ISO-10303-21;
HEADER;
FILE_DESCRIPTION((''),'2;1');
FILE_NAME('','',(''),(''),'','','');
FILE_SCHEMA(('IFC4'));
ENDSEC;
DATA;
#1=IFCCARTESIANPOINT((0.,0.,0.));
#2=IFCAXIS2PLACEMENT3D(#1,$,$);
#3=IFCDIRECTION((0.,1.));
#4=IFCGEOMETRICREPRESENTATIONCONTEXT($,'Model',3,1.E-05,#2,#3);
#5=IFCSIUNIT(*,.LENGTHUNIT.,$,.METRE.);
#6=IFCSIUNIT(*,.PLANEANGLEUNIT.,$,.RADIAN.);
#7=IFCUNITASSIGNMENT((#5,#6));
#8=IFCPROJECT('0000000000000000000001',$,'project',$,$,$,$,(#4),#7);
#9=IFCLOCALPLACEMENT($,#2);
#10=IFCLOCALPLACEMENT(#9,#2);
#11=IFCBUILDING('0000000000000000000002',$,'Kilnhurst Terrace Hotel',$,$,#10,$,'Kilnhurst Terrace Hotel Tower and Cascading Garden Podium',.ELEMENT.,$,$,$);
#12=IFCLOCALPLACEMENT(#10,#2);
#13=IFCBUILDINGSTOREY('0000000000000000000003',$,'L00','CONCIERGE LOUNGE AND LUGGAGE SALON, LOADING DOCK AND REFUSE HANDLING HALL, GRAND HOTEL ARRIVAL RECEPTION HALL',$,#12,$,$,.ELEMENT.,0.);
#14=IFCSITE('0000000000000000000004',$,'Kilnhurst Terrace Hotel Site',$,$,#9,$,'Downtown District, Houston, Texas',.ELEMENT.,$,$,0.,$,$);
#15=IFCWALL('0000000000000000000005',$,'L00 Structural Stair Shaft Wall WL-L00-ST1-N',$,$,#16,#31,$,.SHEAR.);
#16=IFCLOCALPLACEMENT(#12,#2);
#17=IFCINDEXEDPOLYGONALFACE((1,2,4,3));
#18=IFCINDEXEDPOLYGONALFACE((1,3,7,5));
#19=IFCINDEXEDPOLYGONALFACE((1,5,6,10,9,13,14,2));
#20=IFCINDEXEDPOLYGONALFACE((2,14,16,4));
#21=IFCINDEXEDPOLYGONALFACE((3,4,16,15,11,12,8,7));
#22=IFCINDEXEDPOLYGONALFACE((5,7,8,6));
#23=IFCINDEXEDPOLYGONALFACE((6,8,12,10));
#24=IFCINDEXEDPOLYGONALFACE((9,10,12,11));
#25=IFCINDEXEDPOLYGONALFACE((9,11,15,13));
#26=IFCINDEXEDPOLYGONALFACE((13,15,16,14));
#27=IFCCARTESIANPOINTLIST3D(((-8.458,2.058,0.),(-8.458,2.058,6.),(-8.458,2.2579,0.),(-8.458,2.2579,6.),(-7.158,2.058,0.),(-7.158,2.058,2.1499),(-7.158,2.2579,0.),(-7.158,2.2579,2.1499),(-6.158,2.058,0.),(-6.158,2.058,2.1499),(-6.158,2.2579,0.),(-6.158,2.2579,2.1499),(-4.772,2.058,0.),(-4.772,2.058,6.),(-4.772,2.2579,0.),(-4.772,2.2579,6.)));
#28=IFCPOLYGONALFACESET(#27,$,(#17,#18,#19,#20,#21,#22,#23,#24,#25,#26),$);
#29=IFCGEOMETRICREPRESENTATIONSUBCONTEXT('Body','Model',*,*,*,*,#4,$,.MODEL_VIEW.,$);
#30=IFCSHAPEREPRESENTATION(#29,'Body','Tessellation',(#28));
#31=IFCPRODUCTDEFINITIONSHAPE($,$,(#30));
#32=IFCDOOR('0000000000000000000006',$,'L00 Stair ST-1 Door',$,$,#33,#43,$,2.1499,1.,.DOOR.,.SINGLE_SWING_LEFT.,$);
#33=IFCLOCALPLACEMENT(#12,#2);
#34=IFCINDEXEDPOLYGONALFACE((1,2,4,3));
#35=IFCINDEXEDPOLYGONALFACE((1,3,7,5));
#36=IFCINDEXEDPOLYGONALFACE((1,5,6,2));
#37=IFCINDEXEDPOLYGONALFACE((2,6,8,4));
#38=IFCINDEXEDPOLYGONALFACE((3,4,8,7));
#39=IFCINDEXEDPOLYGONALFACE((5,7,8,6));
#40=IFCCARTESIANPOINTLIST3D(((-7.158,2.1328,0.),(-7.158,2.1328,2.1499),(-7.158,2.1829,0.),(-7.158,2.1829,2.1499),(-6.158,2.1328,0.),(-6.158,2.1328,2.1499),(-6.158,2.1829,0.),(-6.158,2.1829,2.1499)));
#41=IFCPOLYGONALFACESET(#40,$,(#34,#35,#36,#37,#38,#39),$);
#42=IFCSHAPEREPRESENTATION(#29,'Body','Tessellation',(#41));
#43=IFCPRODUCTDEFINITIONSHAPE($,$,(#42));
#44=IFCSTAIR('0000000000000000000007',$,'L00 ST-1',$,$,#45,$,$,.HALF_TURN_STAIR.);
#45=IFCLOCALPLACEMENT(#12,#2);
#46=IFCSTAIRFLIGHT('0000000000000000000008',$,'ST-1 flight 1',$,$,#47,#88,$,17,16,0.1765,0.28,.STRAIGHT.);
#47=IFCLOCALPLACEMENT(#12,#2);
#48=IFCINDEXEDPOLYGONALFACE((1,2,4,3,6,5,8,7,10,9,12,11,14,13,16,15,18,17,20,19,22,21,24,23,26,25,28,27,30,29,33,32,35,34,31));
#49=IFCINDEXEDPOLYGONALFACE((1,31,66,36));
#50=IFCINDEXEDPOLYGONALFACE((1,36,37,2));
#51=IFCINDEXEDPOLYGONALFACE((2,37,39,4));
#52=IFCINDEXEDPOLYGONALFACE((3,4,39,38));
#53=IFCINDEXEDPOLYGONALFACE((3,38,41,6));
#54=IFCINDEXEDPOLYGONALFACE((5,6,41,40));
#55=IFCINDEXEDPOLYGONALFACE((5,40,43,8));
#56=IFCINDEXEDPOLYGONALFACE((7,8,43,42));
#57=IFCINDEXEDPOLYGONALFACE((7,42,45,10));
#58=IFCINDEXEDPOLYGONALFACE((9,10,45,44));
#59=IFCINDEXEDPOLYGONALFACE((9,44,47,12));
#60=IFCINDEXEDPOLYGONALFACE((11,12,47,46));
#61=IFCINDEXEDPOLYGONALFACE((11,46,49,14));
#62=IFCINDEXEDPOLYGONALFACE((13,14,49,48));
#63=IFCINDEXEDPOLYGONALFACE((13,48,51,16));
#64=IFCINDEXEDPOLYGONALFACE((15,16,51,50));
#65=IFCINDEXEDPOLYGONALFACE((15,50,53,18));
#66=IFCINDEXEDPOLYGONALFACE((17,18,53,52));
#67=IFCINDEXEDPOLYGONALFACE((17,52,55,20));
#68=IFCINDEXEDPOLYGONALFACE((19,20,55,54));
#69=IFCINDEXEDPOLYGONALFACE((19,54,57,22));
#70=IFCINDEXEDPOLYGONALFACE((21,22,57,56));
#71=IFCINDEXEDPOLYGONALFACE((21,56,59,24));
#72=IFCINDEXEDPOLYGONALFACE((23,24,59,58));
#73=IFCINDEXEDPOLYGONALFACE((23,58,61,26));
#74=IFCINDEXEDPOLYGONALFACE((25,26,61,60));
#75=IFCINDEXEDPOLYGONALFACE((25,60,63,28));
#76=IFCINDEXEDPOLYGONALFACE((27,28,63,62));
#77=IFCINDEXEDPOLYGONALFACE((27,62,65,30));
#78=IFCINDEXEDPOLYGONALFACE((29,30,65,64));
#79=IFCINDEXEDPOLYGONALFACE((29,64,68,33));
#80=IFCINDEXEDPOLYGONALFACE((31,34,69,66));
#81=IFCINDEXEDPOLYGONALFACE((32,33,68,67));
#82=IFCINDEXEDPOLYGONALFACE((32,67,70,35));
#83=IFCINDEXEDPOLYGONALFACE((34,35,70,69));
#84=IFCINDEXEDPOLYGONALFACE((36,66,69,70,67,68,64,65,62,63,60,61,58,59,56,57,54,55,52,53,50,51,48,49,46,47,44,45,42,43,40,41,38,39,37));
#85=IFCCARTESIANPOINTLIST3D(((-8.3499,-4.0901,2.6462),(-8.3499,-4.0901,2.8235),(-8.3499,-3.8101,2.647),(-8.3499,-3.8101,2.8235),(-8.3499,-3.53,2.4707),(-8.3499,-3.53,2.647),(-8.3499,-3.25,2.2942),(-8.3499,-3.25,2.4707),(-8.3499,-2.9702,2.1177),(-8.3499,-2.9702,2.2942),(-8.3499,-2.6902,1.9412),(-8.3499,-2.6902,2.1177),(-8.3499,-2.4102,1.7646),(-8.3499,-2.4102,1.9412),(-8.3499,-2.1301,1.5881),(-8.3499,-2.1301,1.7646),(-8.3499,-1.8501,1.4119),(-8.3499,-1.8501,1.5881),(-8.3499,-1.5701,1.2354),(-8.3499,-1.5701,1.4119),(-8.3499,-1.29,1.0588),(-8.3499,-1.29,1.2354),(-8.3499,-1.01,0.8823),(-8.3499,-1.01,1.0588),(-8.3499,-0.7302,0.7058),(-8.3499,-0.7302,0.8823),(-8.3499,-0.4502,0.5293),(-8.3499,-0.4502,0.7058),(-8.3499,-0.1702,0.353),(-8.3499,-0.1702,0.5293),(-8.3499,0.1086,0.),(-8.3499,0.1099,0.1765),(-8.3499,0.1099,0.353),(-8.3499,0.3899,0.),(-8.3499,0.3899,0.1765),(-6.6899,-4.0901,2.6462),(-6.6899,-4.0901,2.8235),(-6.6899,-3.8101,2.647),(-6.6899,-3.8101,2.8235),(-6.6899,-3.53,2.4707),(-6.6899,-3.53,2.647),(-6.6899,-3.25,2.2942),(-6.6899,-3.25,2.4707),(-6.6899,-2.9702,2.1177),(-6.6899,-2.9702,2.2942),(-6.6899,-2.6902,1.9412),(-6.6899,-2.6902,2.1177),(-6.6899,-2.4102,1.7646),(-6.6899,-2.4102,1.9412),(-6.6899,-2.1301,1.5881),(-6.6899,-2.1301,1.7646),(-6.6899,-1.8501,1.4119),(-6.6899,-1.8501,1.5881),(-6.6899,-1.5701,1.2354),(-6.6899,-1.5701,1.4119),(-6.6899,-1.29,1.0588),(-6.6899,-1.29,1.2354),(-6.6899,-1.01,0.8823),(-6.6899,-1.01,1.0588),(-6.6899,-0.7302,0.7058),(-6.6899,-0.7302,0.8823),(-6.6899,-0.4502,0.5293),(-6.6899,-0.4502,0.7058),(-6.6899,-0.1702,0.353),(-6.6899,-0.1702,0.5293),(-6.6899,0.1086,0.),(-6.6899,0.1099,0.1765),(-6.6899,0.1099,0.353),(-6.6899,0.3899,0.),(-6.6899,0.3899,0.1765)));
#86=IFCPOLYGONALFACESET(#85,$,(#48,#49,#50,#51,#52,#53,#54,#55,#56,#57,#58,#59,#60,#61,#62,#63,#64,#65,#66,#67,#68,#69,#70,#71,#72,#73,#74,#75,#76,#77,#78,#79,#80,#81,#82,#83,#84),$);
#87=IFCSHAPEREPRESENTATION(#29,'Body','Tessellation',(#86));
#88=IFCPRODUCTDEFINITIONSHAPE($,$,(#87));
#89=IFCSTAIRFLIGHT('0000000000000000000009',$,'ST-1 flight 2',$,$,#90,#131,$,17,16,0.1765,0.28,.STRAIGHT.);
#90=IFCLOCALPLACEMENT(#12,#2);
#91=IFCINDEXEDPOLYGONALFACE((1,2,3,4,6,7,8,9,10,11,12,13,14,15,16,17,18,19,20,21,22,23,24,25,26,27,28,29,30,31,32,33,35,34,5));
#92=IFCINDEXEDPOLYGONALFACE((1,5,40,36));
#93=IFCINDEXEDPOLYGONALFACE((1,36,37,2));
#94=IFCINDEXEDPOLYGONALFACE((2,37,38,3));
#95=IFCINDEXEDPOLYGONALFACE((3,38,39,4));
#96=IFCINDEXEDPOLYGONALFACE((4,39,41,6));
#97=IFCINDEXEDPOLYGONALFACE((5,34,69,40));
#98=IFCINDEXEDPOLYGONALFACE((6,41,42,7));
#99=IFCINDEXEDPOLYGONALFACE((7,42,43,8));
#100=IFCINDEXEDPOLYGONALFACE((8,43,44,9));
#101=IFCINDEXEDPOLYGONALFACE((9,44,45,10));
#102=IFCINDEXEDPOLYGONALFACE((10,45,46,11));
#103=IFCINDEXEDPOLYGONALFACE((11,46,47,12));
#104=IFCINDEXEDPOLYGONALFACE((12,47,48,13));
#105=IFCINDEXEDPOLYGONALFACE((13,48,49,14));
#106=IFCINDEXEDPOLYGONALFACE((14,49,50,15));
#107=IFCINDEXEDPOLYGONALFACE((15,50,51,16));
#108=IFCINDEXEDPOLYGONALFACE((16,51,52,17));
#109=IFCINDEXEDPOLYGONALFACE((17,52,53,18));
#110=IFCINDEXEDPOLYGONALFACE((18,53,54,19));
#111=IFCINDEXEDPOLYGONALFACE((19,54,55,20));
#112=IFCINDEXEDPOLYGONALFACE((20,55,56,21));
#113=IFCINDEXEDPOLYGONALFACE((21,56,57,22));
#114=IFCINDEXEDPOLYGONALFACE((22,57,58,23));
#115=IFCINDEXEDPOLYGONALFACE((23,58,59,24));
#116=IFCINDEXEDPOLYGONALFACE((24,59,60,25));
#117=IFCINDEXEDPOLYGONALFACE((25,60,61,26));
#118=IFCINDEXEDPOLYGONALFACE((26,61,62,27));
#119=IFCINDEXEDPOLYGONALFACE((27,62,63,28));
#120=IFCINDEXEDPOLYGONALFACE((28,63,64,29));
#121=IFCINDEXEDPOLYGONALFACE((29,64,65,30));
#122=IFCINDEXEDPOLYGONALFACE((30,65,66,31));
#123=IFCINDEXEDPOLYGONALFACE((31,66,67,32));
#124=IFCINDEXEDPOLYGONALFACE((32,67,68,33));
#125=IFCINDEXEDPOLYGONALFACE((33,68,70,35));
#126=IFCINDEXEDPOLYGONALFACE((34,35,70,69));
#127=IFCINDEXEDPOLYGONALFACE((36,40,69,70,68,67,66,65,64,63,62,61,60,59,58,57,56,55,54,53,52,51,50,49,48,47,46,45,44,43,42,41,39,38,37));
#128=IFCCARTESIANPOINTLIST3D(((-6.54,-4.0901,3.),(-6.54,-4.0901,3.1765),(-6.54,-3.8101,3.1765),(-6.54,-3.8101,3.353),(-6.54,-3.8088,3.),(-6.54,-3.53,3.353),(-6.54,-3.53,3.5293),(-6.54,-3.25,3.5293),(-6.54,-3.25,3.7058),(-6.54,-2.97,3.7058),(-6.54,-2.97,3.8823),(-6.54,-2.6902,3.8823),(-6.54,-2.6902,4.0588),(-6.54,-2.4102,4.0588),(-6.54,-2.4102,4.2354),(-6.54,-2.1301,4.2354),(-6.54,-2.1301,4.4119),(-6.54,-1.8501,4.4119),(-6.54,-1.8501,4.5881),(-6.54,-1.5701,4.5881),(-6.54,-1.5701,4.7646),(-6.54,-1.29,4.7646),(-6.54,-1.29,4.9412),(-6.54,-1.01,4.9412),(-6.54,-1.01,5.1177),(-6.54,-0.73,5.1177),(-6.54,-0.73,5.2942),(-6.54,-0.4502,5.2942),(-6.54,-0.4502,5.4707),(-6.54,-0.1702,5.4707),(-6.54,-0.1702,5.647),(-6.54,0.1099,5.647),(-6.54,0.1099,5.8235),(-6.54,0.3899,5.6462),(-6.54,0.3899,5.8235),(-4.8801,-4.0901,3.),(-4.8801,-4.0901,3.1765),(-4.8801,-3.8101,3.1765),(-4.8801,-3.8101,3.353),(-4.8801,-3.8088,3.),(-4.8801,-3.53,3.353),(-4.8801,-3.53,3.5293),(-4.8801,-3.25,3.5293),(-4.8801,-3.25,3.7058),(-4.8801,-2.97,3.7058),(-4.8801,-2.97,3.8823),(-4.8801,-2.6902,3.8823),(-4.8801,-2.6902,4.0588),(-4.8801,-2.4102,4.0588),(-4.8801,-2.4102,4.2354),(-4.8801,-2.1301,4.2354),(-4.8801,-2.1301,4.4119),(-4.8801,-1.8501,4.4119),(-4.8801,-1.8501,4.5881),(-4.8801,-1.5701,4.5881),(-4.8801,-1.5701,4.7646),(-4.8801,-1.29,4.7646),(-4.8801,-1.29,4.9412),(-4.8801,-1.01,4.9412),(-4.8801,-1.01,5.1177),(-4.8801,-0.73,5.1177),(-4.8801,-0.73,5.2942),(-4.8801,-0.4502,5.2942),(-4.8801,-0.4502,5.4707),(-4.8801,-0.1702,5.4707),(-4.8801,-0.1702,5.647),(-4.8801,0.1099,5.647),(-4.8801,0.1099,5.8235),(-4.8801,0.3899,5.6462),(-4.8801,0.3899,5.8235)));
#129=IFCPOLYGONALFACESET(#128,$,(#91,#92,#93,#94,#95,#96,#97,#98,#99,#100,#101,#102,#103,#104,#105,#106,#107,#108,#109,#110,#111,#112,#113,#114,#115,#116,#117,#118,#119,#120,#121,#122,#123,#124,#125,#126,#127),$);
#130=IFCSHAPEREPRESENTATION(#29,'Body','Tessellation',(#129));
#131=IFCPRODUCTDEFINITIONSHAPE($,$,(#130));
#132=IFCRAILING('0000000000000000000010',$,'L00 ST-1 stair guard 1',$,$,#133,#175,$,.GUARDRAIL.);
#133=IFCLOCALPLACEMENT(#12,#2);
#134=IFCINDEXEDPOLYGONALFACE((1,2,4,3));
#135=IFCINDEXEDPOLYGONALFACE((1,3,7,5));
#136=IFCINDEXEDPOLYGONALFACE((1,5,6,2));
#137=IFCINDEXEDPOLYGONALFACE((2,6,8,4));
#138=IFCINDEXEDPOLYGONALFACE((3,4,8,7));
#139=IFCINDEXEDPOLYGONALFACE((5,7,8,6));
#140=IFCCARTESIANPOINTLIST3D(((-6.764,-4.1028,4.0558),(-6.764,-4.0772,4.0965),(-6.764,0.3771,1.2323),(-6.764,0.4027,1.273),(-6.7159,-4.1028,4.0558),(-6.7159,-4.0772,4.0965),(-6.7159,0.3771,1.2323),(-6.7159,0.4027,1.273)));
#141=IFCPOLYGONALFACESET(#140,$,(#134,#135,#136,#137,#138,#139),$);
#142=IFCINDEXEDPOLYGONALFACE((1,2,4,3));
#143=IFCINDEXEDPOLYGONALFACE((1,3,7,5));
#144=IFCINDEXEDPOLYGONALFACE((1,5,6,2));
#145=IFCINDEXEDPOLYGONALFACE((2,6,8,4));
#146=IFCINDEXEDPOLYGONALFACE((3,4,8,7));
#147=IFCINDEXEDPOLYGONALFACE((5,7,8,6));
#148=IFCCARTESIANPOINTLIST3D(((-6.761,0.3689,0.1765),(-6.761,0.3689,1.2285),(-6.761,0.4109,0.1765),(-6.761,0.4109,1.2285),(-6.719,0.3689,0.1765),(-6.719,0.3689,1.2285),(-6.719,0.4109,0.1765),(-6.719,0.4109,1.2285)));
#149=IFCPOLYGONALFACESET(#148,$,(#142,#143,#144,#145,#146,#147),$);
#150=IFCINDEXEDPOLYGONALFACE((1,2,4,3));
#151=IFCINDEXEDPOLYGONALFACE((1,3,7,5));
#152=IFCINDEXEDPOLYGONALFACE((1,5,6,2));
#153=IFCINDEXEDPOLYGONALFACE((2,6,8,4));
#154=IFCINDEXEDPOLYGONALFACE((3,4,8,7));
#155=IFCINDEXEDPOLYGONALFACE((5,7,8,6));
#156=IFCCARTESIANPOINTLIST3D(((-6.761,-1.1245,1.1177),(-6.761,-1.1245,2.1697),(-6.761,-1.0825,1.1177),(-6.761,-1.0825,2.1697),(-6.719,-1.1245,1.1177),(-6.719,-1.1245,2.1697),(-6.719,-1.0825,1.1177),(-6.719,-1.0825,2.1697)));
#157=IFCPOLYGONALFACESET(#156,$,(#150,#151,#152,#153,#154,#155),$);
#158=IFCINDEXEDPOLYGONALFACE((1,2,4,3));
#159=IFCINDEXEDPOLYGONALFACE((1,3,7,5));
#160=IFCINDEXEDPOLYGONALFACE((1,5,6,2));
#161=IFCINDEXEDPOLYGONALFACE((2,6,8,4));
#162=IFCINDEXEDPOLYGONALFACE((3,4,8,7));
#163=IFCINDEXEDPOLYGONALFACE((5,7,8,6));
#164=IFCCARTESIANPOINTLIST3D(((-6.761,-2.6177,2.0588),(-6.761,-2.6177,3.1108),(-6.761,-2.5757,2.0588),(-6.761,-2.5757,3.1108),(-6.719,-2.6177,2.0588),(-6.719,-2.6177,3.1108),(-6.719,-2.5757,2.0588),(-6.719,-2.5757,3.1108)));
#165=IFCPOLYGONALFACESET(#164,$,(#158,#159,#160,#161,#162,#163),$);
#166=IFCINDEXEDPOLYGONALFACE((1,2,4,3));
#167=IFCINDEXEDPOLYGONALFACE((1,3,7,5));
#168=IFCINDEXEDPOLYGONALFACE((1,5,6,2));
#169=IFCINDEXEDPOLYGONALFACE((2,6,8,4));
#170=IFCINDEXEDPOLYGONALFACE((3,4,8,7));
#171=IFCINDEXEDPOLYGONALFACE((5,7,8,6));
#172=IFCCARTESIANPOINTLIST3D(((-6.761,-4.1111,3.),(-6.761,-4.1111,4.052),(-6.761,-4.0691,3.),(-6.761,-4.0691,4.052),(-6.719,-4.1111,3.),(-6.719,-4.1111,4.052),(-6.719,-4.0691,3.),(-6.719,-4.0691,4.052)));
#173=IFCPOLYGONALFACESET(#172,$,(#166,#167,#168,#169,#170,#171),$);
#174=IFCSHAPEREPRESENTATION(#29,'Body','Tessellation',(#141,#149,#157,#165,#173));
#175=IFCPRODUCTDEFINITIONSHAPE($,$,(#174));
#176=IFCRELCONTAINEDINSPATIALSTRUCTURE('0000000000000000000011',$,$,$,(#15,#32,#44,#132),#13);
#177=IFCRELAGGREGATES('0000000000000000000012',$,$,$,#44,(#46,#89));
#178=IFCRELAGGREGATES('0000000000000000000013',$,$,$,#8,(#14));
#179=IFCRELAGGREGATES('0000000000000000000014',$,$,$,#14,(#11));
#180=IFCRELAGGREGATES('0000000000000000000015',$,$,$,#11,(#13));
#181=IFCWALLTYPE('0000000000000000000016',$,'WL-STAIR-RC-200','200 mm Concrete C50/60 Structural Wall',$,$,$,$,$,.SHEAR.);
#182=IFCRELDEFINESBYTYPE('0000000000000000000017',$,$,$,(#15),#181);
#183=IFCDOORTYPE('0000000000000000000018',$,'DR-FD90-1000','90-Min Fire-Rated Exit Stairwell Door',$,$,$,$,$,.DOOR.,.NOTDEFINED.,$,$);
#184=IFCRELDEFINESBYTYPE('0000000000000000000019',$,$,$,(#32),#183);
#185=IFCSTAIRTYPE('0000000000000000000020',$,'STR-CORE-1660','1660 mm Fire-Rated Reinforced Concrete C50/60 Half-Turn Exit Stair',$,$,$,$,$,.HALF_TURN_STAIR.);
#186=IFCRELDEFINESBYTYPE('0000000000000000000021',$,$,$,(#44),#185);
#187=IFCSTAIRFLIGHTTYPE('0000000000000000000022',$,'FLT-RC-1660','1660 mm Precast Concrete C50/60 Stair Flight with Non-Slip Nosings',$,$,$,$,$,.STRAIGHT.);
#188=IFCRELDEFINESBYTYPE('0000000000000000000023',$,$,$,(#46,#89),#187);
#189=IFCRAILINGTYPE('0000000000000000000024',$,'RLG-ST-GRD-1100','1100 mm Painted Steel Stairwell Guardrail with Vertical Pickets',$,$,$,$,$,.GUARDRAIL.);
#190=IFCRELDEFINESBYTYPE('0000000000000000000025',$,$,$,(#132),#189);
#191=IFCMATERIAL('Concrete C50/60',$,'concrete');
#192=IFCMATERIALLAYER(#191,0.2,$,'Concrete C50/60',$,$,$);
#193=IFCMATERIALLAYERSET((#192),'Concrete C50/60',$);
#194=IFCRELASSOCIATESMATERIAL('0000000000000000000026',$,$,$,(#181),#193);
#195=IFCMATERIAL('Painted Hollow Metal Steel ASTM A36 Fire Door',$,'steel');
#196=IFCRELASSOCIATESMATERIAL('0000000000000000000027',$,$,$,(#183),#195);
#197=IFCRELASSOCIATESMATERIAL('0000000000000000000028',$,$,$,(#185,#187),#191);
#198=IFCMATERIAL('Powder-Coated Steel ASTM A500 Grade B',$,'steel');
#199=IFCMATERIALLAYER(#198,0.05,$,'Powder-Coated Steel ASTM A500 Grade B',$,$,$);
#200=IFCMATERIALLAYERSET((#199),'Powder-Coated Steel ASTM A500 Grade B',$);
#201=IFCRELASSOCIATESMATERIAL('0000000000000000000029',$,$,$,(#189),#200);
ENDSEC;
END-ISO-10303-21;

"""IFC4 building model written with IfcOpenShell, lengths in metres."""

from ifc_helpers import new_model, si_unit, direction, frame, frame_2d, origin, origin_2d, place, context, subcontext, project, spatial, polyline, rectangle, outline, extrude, material, layer, layer_set, type_object, element, fill, aggregate, save


model = new_model("IFC4")

# Units and contexts
model_context = context("Model", 3, precision=1e-05, world=origin(), true_north=direction((0.0, 1.0)))
body_context = subcontext(model_context, "Body", "Model", "MODEL_VIEW")
ifc_project = project(units=[si_unit("LENGTHUNIT", "METRE"), si_unit("PLANEANGLEUNIT", "RADIAN")], contexts=[model_context])

# Site, building, storey
site_placement = place(None, origin())
site = spatial("IfcSite", under=ifc_project, at=site_placement, Name="Kilnhurst Terrace Hotel Site", LongName="Downtown District, Houston, Texas", CompositionType="ELEMENT", RefElevation=0.0)
building_placement = place(site_placement, origin())
building = spatial("IfcBuilding", under=site, at=building_placement, Name="Kilnhurst Terrace Hotel", LongName="Kilnhurst Terrace Hotel Tower and Cascading Garden Podium", CompositionType="ELEMENT")
storey_placement = place(building_placement, origin())
storey = spatial("IfcBuildingStorey", under=building, at=storey_placement, Name="L00", Description="CONCIERGE LOUNGE AND LUGGAGE SALON, LOADING DOCK AND REFUSE HANDLING HALL, GRAND HOTEL ARRIVAL RECEPTION HALL", CompositionType="ELEMENT", Elevation=0.0)

# Shared definitions
ifc_material_1 = material(Name="Concrete C50/60", Category="concrete")

# Shared definitions
ifc_material_2 = material(Name="Painted Hollow Metal Steel ASTM A36 Fire Door", Category="steel")

# Shared definitions
ifc_layer_1 = layer(ifc_material_1, 0.2, Name="Concrete C50/60")
ifc_layer_set_1 = layer_set([ifc_layer_1], Name="Concrete C50/60")
wall_type_1 = type_object("IfcWallType", Name="WL-STAIR-RC-200", Description="200 mm Concrete C50/60 Structural Wall", PredefinedType="SHEAR", material=ifc_layer_set_1)

# Wall, opening, door
wall_1_placement = place(storey_placement, frame((-8.458, 2.158, 0.0), z_axis=(0.0, 0.0, 1.0), x_axis=(1.0, 0.0, 0.0)))
wall_1 = element("IfcWall", 1, at=wall_1_placement, inside=storey, type_object=wall_type_1, Name="L00 Structural Stair Shaft Wall WL-L00-ST1-N", PredefinedType="SHEAR", context=body_context, shape_type="SweptSolid", body=[
    extrude(rectangle(XDim=3.686, YDim=0.2, at=frame_2d((1.843, 0.0))), origin(), (0.0, 0.0, 1.0), 6.0),
])
opening_1_placement = place(wall_1_placement, frame((1.3, 0.0, 0.0)))
opening_1 = element("IfcOpeningElement", 2, at=opening_1_placement, cuts=wall_1, PredefinedType="OPENING", context=body_context, shape_type="SweptSolid", body=[
    extrude(rectangle(XDim=1.0, YDim=2.1499, at=frame_2d((0.5, 1.075))), frame((0.0, 0.1099, 0.0), z_axis=(0.0, -1.0, 0.0), x_axis=(1.0, 0.0, 0.0)), (0.0, 0.0, 1.0), 0.22),
])
door_type_1 = type_object("IfcDoorType", Name="DR-FD90-1000", Description="90-Min Fire-Rated Exit Stairwell Door", OperationType="NOTDEFINED", PredefinedType="DOOR", material=ifc_material_2)
door_1_placement = place(opening_1_placement, origin())
door_1 = element("IfcDoor", 3, at=door_1_placement, inside=storey, type_object=door_type_1, Name="L00 Stair ST-1 Door", OperationType="SINGLE_SWING_LEFT", OverallHeight=2.1499, OverallWidth=1.0, PredefinedType="DOOR", context=body_context, shape_type="SweptSolid", body=[
    extrude(rectangle(XDim=1.0, YDim=2.1499, at=frame_2d((0.5, 1.075))), frame((0.0, 0.0249, 0.0), z_axis=(0.0, -1.0, 0.0), x_axis=(1.0, 0.0, 0.0)), (0.0, 0.0, 1.0), 0.05),
])
fill(opening_1, door_1)

# Stair, stair flights
stair_type = type_object("IfcStairType", Name="STR-CORE-1660", Description="1660 mm Fire-Rated Reinforced Concrete C50/60 Half-Turn Exit Stair", PredefinedType="HALF_TURN_STAIR", material=ifc_material_1)
stair_placement = place(storey_placement, origin())
stair = element("IfcStair", 4, at=stair_placement, inside=storey, type_object=stair_type, Name="L00 ST-1", PredefinedType="HALF_TURN_STAIR")
stair_flight_type = type_object("IfcStairFlightType", Name="FLT-RC-1660", Description="1660 mm Precast Concrete C50/60 Stair Flight with Non-Slip Nosings", PredefinedType="STRAIGHT", material=ifc_material_1)
stair_flight_1_placement = place(storey_placement, frame((-7.52, 0.3899, 0.0), z_axis=(0.0, 0.0, 1.0), x_axis=(0.0, -1.0, 0.0)))
stair_flight_1 = element("IfcStairFlight", 5, at=stair_flight_1_placement, type_object=stair_flight_type, Name="ST-1 flight 1", NumberOfRisers=17, NumberOfTreads=16, PredefinedType="STRAIGHT", RiserHeight=0.1765, TreadLength=0.28, context=body_context, shape_type="SweptSolid", body=[
    extrude(outline(polyline([(0.0, 0.0), (0.0, 0.1765), (0.28, 0.1765), (0.28, 0.353), (0.5601, 0.353), (0.5601, 0.5293), (0.8401, 0.5293), (0.8401, 0.7058), (1.1201, 0.7058), (1.1201, 0.8823), (1.3999, 0.8823), (1.3999, 1.0588), (1.6799, 1.0588), (1.6799, 1.2354), (1.96, 1.2354), (1.96, 1.4119), (2.24, 1.4119), (2.24, 1.5881), (2.52, 1.5881), (2.52, 1.7646), (2.8, 1.7646), (2.8, 1.9412), (3.0801, 1.9412), (3.0801, 2.1177), (3.3601, 2.1177), (3.3601, 2.2942), (3.6399, 2.2942), (3.6399, 2.4707), (3.9199, 2.4707), (3.9199, 2.647), (4.2, 2.647), (4.2, 2.8235), (4.48, 2.8235), (4.48, 3.0), (4.48, 2.6462), (0.2812, 0.0), (0.0, 0.0)])), frame((0.0, 0.8301, 0.0), z_axis=(0.0, -1.0, 0.0), x_axis=(1.0, 0.0, 0.0)), (0.0, 0.0, 1.0), 1.6599),
])
stair_flight_2_placement = place(storey_placement, frame((-5.71, -4.0901, 3.0), z_axis=(0.0, 0.0, 1.0), x_axis=(0.0, 1.0, 0.0)))
stair_flight_2 = element("IfcStairFlight", 6, at=stair_flight_2_placement, type_object=stair_flight_type, Name="ST-1 flight 2", NumberOfRisers=17, NumberOfTreads=16, PredefinedType="STRAIGHT", RiserHeight=0.1765, TreadLength=0.28, context=body_context, shape_type="SweptSolid", body=[
    extrude(outline(polyline([(0.0, 0.0), (0.0, 0.1765), (0.28, 0.1765), (0.28, 0.353), (0.5601, 0.353), (0.5601, 0.5293), (0.8401, 0.5293), (0.8401, 0.7058), (1.1201, 0.7058), (1.1201, 0.8823), (1.3999, 0.8823), (1.3999, 1.0588), (1.6799, 1.0588), (1.6799, 1.2354), (1.96, 1.2354), (1.96, 1.4119), (2.24, 1.4119), (2.24, 1.5881), (2.52, 1.5881), (2.52, 1.7646), (2.8, 1.7646), (2.8, 1.9412), (3.0801, 1.9412), (3.0801, 2.1177), (3.3601, 2.1177), (3.3601, 2.2942), (3.6399, 2.2942), (3.6399, 2.4707), (3.9199, 2.4707), (3.9199, 2.647), (4.2, 2.647), (4.2, 2.8235), (4.48, 2.8235), (4.48, 3.0), (4.48, 2.6462), (0.2812, 0.0), (0.0, 0.0)])), frame((0.0, 0.8301, 0.0), z_axis=(0.0, -1.0, 0.0), x_axis=(1.0, 0.0, 0.0)), (0.0, 0.0, 1.0), 1.6599),
])
aggregate(stair, [stair_flight_1, stair_flight_2])

# Railing
ifc_material_3 = material(Name="Powder-Coated Steel ASTM A500 Grade B", Category="steel")
ifc_layer_2 = layer(ifc_material_3, 0.05, Name="Powder-Coated Steel ASTM A500 Grade B")
ifc_layer_set_2 = layer_set([ifc_layer_2], Name="Powder-Coated Steel ASTM A500 Grade B")
railing_type_1 = type_object("IfcRailingType", Name="RLG-ST-GRD-1100", Description="1100 mm Painted Steel Stairwell Guardrail with Vertical Pickets", PredefinedType="GUARDRAIL", material=ifc_layer_set_2)
railing_1_placement = place(storey_placement, frame((-6.74, 0.3899, 0.1765)))
element("IfcRailing", 7, at=railing_1_placement, inside=storey, type_object=railing_type_1, Name="L00 ST-1 stair guard 1", PredefinedType="GUARDRAIL", context=body_context, shape_type="SweptSolid", body=[
    extrude(rectangle(XDim=0.0481, YDim=0.0481, at=origin_2d()), frame((0.0, 0.0, 1.0762), z_axis=(0.0, -0.845998, 0.533186), x_axis=(1.0, 0.0, 0.0)), (0.0, 0.0, 1.0), 5.2954),
    extrude(rectangle(XDim=0.042, YDim=0.042, at=origin_2d()), origin(), (0.0, 0.0, 1.0), 1.052),
    extrude(rectangle(XDim=0.042, YDim=0.042, at=origin_2d()), frame((0.0, -1.4934, 0.9412)), (0.0, 0.0, 1.0), 1.052),
    extrude(rectangle(XDim=0.042, YDim=0.042, at=origin_2d()), frame((0.0, -2.9866, 1.8823)), (0.0, 0.0, 1.0), 1.052),
    extrude(rectangle(XDim=0.042, YDim=0.042, at=origin_2d()), frame((0.0, -4.48, 2.8235)), (0.0, 0.0, 1.0), 1.052),
])

save(model, "model.ifc")
